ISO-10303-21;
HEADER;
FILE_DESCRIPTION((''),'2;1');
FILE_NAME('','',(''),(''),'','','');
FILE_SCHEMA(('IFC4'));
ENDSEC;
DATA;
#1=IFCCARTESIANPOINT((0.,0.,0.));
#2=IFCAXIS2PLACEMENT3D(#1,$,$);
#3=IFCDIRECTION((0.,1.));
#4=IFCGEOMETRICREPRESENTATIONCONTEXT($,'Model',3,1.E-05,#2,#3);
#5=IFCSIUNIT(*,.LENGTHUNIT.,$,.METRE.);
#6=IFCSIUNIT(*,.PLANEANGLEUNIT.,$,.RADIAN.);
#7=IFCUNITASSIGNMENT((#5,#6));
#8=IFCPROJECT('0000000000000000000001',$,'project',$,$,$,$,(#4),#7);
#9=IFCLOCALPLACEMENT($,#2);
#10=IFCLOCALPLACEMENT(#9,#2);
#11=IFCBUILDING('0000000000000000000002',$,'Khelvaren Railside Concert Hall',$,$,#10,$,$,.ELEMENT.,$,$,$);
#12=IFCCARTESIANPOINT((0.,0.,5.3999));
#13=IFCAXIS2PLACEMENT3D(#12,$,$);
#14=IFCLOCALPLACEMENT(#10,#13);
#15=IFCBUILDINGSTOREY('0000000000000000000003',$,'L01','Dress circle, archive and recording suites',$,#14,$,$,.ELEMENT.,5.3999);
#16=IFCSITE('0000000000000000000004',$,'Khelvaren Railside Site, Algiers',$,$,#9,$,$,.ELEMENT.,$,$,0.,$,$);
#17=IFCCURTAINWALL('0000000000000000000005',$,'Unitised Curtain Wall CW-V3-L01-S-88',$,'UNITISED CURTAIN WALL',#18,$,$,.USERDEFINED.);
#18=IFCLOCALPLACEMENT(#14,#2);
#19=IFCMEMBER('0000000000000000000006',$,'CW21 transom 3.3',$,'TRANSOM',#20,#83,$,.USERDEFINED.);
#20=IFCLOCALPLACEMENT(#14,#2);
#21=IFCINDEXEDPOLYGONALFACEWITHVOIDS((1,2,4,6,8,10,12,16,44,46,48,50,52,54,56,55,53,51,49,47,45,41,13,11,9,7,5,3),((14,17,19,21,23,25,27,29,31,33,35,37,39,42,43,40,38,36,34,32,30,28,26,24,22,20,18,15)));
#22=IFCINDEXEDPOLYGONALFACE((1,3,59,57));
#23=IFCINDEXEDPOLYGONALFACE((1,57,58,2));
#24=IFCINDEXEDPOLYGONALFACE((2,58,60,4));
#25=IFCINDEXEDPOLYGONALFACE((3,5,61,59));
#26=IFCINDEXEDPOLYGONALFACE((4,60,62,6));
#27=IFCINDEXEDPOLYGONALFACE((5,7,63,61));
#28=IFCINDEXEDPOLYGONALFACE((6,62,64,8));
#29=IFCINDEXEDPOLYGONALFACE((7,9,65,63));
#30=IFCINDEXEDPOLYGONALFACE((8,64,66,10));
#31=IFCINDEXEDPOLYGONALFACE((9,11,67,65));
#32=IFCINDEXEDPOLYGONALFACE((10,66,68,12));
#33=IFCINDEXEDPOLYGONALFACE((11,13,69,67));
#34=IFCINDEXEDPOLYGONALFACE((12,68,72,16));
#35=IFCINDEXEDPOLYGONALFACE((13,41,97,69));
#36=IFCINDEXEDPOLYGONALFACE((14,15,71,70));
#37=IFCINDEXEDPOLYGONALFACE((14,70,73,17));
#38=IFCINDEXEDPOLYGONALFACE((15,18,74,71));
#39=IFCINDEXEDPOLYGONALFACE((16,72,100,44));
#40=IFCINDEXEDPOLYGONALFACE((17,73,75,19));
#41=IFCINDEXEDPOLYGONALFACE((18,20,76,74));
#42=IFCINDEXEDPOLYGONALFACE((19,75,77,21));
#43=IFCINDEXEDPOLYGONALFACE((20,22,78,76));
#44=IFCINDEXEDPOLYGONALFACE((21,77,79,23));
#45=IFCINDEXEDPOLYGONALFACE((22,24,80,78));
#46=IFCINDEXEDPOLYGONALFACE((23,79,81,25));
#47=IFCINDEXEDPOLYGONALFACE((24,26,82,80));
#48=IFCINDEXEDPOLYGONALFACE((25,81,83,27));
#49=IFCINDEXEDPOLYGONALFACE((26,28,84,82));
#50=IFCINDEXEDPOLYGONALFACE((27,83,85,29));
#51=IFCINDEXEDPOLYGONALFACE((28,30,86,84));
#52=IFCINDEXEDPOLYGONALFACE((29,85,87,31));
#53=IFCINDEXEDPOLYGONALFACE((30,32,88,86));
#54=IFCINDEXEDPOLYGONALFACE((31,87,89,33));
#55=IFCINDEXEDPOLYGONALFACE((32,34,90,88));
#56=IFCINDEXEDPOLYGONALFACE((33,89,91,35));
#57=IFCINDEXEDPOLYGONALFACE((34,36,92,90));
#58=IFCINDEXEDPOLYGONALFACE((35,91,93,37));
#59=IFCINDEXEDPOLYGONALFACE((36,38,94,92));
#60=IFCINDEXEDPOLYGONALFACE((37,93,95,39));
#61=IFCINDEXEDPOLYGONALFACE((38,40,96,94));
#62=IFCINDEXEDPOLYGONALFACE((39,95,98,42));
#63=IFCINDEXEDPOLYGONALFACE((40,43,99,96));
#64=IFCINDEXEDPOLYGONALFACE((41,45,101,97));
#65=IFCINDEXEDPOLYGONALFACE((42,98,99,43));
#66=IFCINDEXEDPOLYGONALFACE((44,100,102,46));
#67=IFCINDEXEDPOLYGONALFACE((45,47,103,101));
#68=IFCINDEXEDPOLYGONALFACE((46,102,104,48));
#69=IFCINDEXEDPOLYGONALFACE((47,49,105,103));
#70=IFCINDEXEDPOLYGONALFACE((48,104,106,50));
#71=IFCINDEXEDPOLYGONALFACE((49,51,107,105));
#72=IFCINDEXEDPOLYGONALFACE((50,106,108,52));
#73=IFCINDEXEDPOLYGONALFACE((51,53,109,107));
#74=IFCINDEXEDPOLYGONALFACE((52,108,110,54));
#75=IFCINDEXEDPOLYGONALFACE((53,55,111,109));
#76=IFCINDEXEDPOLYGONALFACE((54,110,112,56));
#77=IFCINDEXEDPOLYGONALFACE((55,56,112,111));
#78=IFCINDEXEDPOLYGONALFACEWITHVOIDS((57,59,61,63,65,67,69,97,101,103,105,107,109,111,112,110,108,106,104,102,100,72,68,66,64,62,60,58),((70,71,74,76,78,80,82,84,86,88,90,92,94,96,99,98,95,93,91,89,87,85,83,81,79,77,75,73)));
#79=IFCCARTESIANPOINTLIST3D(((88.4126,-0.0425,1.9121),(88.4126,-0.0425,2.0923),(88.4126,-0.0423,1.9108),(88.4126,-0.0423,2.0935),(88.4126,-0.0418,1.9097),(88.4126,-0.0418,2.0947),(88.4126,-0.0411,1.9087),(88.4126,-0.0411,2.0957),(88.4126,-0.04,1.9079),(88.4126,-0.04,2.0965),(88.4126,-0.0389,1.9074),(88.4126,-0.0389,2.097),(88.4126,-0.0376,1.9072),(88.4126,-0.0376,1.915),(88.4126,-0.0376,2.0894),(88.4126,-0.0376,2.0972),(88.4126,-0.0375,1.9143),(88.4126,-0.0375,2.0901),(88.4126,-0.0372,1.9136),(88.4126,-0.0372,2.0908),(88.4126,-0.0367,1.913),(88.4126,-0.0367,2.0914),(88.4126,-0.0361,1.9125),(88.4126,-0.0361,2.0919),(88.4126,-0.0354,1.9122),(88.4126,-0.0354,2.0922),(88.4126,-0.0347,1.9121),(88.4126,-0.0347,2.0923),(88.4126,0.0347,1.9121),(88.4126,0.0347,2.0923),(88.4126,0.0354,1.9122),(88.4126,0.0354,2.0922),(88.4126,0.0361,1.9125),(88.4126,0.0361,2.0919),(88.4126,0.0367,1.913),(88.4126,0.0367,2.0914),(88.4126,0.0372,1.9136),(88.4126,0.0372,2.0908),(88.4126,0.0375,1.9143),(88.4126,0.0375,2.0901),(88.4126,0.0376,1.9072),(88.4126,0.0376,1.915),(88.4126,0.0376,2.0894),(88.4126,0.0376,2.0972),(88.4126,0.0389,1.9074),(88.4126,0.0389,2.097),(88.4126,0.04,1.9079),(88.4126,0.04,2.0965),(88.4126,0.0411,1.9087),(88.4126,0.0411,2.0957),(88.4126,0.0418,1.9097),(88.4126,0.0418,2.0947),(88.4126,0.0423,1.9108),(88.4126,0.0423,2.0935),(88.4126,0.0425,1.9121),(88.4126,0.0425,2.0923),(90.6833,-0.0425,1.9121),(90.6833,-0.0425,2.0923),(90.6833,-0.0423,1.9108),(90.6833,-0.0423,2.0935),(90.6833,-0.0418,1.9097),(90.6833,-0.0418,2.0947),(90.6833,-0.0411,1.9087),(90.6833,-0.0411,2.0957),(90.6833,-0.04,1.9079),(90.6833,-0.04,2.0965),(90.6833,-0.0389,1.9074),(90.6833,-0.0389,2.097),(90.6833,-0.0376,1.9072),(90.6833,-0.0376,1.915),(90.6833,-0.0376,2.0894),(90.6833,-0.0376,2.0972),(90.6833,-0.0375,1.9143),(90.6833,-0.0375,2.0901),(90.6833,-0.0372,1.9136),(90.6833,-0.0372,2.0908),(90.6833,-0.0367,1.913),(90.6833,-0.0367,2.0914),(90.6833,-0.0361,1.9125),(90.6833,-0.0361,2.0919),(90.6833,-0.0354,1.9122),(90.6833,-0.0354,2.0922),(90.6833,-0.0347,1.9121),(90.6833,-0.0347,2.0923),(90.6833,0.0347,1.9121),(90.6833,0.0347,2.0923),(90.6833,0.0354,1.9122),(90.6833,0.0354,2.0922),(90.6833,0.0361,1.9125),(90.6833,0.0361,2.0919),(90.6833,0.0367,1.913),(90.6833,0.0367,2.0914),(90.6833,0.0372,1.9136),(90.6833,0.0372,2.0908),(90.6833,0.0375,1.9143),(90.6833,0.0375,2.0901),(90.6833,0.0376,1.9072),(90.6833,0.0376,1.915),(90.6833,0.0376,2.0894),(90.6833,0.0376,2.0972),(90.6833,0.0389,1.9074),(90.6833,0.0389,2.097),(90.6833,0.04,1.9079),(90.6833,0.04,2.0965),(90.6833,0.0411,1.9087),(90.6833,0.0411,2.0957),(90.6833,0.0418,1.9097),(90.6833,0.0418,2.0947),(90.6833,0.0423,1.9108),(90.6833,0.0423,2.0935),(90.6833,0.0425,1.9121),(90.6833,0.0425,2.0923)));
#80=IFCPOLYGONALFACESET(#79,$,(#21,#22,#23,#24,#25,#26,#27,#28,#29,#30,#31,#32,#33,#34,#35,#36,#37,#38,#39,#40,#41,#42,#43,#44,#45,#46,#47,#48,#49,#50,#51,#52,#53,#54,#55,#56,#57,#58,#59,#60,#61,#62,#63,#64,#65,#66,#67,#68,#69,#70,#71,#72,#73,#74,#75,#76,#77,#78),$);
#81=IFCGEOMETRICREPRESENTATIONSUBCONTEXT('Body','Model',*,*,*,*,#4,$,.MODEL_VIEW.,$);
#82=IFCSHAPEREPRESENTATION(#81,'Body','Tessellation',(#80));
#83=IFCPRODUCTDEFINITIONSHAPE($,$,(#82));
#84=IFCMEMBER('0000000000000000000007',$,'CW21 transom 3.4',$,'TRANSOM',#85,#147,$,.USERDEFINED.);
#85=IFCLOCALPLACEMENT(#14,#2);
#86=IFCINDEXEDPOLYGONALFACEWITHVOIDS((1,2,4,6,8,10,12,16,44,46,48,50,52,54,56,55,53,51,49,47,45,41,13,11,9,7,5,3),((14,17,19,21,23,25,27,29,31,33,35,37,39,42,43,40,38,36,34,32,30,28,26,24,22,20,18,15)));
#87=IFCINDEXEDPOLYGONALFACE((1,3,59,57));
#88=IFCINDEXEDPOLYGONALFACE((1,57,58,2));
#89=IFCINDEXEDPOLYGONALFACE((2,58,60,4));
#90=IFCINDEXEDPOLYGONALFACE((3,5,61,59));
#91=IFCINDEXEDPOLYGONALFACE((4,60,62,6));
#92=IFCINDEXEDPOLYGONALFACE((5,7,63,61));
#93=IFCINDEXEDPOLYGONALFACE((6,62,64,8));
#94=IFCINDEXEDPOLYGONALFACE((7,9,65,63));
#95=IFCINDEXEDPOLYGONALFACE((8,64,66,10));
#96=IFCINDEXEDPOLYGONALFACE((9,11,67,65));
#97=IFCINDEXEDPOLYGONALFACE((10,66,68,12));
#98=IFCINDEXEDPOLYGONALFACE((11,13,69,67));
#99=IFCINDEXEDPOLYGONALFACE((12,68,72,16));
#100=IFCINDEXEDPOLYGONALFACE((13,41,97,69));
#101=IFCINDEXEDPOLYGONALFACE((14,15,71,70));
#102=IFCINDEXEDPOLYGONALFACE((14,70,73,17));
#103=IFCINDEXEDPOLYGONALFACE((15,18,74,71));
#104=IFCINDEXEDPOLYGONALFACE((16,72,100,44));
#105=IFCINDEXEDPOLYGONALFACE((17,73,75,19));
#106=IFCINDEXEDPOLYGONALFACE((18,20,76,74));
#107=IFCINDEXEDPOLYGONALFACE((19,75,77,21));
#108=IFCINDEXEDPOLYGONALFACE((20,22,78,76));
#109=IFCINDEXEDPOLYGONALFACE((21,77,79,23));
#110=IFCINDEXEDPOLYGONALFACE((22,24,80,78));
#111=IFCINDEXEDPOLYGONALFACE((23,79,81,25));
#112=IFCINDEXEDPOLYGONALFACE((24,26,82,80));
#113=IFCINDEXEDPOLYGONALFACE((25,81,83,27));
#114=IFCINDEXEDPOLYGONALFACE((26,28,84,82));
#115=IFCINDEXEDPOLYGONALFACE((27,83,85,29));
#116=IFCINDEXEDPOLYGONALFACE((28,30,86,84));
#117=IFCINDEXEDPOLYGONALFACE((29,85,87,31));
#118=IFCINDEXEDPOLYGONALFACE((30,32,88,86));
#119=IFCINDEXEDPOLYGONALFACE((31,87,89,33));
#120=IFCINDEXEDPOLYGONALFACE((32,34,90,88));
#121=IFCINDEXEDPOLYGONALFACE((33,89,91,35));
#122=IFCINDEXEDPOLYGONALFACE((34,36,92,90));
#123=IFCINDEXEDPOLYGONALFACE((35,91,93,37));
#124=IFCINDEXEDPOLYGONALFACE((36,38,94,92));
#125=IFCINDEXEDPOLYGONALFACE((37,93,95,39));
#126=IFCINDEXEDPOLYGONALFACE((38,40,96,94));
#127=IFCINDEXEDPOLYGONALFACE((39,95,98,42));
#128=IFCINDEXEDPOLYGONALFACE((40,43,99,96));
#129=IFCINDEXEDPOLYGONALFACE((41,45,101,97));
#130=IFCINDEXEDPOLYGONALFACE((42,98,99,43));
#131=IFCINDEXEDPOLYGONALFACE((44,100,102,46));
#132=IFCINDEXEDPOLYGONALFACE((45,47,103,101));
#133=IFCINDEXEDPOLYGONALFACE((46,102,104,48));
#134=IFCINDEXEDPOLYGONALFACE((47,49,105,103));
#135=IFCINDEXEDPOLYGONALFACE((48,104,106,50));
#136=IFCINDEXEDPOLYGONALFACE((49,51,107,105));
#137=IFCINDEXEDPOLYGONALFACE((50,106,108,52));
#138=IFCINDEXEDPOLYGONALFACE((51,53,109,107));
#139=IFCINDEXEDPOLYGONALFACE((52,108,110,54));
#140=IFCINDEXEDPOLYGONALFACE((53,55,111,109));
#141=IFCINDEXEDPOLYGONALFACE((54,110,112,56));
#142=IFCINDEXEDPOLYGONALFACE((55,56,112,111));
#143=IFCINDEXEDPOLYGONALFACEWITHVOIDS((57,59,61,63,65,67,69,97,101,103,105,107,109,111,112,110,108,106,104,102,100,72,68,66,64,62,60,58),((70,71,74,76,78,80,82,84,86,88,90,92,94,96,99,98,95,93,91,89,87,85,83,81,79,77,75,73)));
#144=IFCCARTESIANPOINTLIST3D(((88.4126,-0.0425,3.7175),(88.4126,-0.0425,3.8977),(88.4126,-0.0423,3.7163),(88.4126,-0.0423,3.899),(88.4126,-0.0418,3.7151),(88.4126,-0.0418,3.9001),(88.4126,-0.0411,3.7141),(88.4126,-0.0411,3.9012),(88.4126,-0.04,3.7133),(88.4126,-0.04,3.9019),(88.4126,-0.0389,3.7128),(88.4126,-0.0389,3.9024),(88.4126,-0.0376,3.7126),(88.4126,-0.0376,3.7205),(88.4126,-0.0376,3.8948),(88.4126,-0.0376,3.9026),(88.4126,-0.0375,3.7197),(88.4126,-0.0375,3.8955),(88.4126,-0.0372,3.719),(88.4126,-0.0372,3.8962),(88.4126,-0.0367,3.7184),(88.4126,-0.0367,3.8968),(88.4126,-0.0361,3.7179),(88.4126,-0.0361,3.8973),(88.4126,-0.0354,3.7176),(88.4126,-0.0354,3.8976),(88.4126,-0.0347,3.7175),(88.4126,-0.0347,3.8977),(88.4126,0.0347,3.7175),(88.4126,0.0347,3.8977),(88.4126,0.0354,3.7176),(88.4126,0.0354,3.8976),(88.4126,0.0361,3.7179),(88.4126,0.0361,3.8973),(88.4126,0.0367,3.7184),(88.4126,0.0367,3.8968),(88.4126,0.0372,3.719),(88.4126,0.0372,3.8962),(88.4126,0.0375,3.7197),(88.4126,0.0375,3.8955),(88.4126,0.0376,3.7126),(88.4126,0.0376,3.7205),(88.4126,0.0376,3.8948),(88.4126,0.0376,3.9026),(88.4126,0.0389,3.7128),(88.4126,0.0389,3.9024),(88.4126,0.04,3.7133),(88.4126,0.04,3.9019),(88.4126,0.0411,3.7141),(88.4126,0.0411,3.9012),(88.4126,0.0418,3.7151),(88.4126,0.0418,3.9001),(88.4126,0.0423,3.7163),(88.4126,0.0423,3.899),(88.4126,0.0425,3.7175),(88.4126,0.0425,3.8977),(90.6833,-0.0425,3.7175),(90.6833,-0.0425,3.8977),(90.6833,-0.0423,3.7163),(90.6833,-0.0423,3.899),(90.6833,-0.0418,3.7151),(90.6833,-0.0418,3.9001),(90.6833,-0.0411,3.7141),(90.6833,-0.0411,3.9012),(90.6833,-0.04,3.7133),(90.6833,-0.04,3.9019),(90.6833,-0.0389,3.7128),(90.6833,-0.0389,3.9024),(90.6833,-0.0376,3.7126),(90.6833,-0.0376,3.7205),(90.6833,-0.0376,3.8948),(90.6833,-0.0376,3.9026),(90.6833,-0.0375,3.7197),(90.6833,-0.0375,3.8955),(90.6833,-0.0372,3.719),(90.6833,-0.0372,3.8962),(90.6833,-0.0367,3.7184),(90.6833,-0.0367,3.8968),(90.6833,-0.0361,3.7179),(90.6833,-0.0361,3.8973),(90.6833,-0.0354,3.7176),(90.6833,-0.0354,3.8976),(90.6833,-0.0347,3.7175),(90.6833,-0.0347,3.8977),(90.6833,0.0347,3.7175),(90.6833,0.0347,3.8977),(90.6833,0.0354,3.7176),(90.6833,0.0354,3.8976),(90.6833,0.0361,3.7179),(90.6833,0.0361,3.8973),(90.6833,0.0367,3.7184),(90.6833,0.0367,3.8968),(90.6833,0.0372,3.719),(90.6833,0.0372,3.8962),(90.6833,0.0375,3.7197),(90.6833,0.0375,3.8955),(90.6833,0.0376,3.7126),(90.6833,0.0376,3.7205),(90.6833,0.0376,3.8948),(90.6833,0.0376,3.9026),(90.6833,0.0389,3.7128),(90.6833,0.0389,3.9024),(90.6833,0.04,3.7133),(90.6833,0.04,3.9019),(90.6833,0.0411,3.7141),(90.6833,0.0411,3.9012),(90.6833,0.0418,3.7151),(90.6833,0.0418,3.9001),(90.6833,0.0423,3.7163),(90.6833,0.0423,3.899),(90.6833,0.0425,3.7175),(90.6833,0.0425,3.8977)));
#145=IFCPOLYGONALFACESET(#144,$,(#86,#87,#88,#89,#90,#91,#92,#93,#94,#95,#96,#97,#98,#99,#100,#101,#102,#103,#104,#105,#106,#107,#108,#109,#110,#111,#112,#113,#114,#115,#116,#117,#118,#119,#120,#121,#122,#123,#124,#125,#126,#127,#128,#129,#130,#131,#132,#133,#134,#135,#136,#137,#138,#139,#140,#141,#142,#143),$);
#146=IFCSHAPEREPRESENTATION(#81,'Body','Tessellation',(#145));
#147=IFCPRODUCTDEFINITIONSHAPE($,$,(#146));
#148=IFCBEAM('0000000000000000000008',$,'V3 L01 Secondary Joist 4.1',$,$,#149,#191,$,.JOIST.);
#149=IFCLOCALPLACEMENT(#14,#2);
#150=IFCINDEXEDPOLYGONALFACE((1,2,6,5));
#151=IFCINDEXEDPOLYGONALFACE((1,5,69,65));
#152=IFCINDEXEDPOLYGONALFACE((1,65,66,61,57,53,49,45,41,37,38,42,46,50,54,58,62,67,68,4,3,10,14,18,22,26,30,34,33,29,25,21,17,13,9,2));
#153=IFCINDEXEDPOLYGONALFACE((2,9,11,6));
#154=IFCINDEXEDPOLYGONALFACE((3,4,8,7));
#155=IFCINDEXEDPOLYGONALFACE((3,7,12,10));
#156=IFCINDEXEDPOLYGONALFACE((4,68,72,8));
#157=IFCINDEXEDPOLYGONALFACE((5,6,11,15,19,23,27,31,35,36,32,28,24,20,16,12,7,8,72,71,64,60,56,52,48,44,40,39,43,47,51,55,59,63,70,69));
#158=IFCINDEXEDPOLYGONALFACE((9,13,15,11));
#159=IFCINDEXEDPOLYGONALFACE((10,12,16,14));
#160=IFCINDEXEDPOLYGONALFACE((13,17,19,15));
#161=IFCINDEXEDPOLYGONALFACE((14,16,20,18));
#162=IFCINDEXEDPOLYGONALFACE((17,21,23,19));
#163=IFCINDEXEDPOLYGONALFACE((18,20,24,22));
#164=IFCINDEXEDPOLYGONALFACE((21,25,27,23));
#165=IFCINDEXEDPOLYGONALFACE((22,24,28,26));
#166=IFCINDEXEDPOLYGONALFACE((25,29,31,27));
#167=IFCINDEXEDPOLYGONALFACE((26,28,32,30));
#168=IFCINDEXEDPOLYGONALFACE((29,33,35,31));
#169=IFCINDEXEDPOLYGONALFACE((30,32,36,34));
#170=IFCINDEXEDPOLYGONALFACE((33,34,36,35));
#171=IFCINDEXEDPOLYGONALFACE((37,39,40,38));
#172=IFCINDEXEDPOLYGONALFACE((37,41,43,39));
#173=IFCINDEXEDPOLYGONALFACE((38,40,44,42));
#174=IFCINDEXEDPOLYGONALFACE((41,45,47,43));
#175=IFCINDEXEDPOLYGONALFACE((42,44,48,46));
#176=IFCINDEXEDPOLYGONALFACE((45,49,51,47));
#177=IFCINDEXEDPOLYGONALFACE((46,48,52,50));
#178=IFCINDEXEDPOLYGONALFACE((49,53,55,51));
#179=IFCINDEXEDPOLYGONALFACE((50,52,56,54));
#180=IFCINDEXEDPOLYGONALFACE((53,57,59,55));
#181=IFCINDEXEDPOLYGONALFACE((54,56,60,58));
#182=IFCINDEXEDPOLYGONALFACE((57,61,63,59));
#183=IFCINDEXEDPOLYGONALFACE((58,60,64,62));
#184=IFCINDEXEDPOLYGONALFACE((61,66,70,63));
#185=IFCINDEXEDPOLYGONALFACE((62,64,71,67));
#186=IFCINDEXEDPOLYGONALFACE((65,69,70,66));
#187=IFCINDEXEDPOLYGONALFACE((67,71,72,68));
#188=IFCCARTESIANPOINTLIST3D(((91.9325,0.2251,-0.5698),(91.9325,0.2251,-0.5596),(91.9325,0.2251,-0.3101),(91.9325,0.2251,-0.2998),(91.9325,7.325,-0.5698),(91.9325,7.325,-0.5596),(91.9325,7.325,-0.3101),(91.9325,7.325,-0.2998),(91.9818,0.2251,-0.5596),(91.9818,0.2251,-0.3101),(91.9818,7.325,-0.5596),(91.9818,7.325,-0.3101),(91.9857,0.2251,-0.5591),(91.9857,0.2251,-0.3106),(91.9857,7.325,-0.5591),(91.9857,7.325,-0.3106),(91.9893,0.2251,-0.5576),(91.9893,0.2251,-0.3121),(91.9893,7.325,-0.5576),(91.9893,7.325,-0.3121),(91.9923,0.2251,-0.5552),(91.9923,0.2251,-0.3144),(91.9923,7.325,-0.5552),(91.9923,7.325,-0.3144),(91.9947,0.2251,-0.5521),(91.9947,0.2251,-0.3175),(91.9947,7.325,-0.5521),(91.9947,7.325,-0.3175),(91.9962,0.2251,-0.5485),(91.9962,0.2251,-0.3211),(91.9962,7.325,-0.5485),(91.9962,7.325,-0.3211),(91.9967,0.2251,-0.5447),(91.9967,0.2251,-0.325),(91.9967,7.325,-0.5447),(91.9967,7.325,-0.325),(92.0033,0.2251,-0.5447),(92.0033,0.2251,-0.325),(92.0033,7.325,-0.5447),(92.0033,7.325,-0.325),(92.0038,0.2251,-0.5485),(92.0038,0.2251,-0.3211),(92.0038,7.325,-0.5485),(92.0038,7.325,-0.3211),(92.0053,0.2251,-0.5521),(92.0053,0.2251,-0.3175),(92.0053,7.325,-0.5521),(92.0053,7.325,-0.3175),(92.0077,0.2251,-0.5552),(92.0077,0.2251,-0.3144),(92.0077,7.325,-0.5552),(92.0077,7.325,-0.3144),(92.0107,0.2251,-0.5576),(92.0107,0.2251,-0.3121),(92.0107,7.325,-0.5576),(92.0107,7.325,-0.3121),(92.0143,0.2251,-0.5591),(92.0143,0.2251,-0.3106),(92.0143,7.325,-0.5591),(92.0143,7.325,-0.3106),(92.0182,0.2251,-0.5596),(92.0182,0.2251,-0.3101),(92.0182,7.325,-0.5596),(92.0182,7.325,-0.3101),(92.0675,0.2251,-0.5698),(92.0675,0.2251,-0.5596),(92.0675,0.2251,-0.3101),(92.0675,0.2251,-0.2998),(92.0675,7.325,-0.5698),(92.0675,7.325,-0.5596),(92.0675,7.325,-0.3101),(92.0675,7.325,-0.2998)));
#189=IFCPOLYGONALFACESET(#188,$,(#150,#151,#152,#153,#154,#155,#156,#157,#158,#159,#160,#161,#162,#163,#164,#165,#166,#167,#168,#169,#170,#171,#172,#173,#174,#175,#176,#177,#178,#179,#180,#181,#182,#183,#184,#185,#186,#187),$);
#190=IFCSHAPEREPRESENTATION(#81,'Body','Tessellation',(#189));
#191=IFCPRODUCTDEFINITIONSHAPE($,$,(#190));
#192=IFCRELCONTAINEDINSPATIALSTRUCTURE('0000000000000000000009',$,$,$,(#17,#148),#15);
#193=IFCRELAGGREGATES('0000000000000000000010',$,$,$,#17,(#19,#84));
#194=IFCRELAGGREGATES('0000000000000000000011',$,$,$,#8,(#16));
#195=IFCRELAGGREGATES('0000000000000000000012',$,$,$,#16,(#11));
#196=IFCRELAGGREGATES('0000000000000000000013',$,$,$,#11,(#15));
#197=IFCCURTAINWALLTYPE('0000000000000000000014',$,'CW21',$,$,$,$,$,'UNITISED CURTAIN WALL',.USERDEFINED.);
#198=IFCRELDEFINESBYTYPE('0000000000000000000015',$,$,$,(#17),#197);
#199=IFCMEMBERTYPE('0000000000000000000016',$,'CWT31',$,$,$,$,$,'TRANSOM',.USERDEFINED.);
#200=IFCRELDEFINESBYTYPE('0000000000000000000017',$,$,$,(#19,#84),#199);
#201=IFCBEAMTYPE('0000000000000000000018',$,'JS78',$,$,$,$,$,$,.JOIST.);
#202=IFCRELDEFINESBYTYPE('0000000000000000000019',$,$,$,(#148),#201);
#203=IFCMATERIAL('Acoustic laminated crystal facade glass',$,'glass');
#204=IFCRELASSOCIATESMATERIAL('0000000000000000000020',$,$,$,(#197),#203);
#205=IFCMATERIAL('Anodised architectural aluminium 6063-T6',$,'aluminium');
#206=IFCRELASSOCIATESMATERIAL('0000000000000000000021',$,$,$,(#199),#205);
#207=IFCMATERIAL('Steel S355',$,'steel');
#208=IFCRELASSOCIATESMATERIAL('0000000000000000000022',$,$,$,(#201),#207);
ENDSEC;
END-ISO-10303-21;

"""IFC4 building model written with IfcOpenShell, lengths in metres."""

from ifc_helpers import new_model, si_unit, direction, frame, origin, origin_2d, place, context, subcontext, project, spatial, hollow_rectangle, i_section, extrude, material, material_profile, profile_set, type_object, element, aggregate, save


model = new_model("IFC4")

# Units and contexts
model_context = context("Model", 3, precision=1e-05, world=origin(), true_north=direction((0.0, 1.0)))
body_context = subcontext(model_context, "Body", "Model", "MODEL_VIEW")
ifc_project = project(units=[si_unit("LENGTHUNIT", "METRE"), si_unit("PLANEANGLEUNIT", "RADIAN")], contexts=[model_context])

# Site, building, storey
site_placement = place(None, origin())
site = spatial("IfcSite", under=ifc_project, at=site_placement, Name="Khelvaren Railside Site, Algiers", CompositionType="ELEMENT", RefElevation=0.0)
building_placement = place(site_placement, origin())
building = spatial("IfcBuilding", under=site, at=building_placement, Name="Khelvaren Railside Concert Hall", CompositionType="ELEMENT")
storey_placement = place(building_placement, frame((0.0, 0.0, 5.3999)))
storey = spatial("IfcBuildingStorey", under=building, at=storey_placement, Name="L01", Description="Dress circle, archive and recording suites", CompositionType="ELEMENT", Elevation=5.3999)

# Shared definitions
ifc_material_1 = material(Name="Steel S355", Category="steel")

# Curtain wall
ifc_material_2 = material(Name="Acoustic laminated crystal facade glass", Category="glass")
ifc_material_3 = material(Name="Anodised architectural aluminium 6063-T6", Category="aluminium")
curtain_wall_type_1 = type_object("IfcCurtainWallType", Name="CW21", ElementType="UNITISED CURTAIN WALL", PredefinedType="USERDEFINED", material=ifc_material_2)
curtain_wall_1_placement = place(storey_placement, origin())
curtain_wall_1 = element("IfcCurtainWall", 1, at=curtain_wall_1_placement, inside=storey, type_object=curtain_wall_type_1, Name="Unitised Curtain Wall CW-V3-L01-S-88", ObjectType="UNITISED CURTAIN WALL", PredefinedType="USERDEFINED")

# Members
ifc_material_profile_1 = material_profile(ifc_material_3, hollow_rectangle(XDim=0.085, YDim=0.1899, WallThickness=0.0049, InnerFilletRadius=0.0029, OuterFilletRadius=0.0049, at=origin_2d()), Name="CWT 85x190x5")
ifc_profile_set_1 = profile_set([ifc_material_profile_1], Name="Anodised architectural aluminium 6063-T6")
member_type_1 = type_object("IfcMemberType", Name="CWT31", ElementType="TRANSOM", PredefinedType="USERDEFINED", material=ifc_profile_set_1)
member_1_placement = place(storey_placement, frame((90.6833, 0.0, 2.0022), z_axis=(-1.0, 0.0, 0.0), x_axis=(0.0, -1.0, 0.0)))
member_1 = element("IfcMember", 2, at=member_1_placement, type_object=member_type_1, Name="CW21 transom 3.3", ObjectType="TRANSOM", PredefinedType="USERDEFINED", context=body_context, shape_type="SweptSolid", body=[
    extrude(hollow_rectangle(XDim=0.085, YDim=0.1899, WallThickness=0.0049, InnerFilletRadius=0.0029, OuterFilletRadius=0.0049, at=origin_2d()), origin(), (0.0, 0.0, 1.0), 2.2708),
])
member_2_placement = place(storey_placement, frame((90.6833, 0.0, 3.8076), z_axis=(-1.0, 0.0, 0.0), x_axis=(0.0, -1.0, 0.0)))
member_2 = element("IfcMember", 3, at=member_2_placement, type_object=member_type_1, Name="CW21 transom 3.4", ObjectType="TRANSOM", PredefinedType="USERDEFINED", context=body_context, shape_type="SweptSolid", body=[
    extrude(hollow_rectangle(XDim=0.085, YDim=0.1899, WallThickness=0.0049, InnerFilletRadius=0.0029, OuterFilletRadius=0.0049, at=origin_2d()), origin(), (0.0, 0.0, 1.0), 2.2708),
])

# Beam
ifc_material_profile_2 = material_profile(ifc_material_1, i_section(OverallWidth=0.135, OverallDepth=0.27, WebThickness=0.0066, FlangeThickness=0.0103, FilletRadius=0.0149, at=origin_2d()), Name="IPE 270")
ifc_profile_set_2 = profile_set([ifc_material_profile_2], Name="Steel S355")
beam_type_1 = type_object("IfcBeamType", Name="JS78", PredefinedType="JOIST", material=ifc_profile_set_2)
beam_1_placement = place(storey_placement, frame((92.0, 0.2251, -0.4348), z_axis=(0.0, 1.0, 0.0), x_axis=(-1.0, 0.0, 0.0)))
element("IfcBeam", 4, at=beam_1_placement, inside=storey, type_object=beam_type_1, Name="V3 L01 Secondary Joist 4.1", PredefinedType="JOIST", context=body_context, shape_type="SweptSolid", body=[
    extrude(i_section(OverallWidth=0.135, OverallDepth=0.27, WebThickness=0.0066, FlangeThickness=0.0103, FilletRadius=0.0149, at=origin_2d()), origin(), (0.0, 0.0, 1.0), 7.0999),
])

aggregate(curtain_wall_1, [member_1, member_2])

save(model, "model.ifc")
